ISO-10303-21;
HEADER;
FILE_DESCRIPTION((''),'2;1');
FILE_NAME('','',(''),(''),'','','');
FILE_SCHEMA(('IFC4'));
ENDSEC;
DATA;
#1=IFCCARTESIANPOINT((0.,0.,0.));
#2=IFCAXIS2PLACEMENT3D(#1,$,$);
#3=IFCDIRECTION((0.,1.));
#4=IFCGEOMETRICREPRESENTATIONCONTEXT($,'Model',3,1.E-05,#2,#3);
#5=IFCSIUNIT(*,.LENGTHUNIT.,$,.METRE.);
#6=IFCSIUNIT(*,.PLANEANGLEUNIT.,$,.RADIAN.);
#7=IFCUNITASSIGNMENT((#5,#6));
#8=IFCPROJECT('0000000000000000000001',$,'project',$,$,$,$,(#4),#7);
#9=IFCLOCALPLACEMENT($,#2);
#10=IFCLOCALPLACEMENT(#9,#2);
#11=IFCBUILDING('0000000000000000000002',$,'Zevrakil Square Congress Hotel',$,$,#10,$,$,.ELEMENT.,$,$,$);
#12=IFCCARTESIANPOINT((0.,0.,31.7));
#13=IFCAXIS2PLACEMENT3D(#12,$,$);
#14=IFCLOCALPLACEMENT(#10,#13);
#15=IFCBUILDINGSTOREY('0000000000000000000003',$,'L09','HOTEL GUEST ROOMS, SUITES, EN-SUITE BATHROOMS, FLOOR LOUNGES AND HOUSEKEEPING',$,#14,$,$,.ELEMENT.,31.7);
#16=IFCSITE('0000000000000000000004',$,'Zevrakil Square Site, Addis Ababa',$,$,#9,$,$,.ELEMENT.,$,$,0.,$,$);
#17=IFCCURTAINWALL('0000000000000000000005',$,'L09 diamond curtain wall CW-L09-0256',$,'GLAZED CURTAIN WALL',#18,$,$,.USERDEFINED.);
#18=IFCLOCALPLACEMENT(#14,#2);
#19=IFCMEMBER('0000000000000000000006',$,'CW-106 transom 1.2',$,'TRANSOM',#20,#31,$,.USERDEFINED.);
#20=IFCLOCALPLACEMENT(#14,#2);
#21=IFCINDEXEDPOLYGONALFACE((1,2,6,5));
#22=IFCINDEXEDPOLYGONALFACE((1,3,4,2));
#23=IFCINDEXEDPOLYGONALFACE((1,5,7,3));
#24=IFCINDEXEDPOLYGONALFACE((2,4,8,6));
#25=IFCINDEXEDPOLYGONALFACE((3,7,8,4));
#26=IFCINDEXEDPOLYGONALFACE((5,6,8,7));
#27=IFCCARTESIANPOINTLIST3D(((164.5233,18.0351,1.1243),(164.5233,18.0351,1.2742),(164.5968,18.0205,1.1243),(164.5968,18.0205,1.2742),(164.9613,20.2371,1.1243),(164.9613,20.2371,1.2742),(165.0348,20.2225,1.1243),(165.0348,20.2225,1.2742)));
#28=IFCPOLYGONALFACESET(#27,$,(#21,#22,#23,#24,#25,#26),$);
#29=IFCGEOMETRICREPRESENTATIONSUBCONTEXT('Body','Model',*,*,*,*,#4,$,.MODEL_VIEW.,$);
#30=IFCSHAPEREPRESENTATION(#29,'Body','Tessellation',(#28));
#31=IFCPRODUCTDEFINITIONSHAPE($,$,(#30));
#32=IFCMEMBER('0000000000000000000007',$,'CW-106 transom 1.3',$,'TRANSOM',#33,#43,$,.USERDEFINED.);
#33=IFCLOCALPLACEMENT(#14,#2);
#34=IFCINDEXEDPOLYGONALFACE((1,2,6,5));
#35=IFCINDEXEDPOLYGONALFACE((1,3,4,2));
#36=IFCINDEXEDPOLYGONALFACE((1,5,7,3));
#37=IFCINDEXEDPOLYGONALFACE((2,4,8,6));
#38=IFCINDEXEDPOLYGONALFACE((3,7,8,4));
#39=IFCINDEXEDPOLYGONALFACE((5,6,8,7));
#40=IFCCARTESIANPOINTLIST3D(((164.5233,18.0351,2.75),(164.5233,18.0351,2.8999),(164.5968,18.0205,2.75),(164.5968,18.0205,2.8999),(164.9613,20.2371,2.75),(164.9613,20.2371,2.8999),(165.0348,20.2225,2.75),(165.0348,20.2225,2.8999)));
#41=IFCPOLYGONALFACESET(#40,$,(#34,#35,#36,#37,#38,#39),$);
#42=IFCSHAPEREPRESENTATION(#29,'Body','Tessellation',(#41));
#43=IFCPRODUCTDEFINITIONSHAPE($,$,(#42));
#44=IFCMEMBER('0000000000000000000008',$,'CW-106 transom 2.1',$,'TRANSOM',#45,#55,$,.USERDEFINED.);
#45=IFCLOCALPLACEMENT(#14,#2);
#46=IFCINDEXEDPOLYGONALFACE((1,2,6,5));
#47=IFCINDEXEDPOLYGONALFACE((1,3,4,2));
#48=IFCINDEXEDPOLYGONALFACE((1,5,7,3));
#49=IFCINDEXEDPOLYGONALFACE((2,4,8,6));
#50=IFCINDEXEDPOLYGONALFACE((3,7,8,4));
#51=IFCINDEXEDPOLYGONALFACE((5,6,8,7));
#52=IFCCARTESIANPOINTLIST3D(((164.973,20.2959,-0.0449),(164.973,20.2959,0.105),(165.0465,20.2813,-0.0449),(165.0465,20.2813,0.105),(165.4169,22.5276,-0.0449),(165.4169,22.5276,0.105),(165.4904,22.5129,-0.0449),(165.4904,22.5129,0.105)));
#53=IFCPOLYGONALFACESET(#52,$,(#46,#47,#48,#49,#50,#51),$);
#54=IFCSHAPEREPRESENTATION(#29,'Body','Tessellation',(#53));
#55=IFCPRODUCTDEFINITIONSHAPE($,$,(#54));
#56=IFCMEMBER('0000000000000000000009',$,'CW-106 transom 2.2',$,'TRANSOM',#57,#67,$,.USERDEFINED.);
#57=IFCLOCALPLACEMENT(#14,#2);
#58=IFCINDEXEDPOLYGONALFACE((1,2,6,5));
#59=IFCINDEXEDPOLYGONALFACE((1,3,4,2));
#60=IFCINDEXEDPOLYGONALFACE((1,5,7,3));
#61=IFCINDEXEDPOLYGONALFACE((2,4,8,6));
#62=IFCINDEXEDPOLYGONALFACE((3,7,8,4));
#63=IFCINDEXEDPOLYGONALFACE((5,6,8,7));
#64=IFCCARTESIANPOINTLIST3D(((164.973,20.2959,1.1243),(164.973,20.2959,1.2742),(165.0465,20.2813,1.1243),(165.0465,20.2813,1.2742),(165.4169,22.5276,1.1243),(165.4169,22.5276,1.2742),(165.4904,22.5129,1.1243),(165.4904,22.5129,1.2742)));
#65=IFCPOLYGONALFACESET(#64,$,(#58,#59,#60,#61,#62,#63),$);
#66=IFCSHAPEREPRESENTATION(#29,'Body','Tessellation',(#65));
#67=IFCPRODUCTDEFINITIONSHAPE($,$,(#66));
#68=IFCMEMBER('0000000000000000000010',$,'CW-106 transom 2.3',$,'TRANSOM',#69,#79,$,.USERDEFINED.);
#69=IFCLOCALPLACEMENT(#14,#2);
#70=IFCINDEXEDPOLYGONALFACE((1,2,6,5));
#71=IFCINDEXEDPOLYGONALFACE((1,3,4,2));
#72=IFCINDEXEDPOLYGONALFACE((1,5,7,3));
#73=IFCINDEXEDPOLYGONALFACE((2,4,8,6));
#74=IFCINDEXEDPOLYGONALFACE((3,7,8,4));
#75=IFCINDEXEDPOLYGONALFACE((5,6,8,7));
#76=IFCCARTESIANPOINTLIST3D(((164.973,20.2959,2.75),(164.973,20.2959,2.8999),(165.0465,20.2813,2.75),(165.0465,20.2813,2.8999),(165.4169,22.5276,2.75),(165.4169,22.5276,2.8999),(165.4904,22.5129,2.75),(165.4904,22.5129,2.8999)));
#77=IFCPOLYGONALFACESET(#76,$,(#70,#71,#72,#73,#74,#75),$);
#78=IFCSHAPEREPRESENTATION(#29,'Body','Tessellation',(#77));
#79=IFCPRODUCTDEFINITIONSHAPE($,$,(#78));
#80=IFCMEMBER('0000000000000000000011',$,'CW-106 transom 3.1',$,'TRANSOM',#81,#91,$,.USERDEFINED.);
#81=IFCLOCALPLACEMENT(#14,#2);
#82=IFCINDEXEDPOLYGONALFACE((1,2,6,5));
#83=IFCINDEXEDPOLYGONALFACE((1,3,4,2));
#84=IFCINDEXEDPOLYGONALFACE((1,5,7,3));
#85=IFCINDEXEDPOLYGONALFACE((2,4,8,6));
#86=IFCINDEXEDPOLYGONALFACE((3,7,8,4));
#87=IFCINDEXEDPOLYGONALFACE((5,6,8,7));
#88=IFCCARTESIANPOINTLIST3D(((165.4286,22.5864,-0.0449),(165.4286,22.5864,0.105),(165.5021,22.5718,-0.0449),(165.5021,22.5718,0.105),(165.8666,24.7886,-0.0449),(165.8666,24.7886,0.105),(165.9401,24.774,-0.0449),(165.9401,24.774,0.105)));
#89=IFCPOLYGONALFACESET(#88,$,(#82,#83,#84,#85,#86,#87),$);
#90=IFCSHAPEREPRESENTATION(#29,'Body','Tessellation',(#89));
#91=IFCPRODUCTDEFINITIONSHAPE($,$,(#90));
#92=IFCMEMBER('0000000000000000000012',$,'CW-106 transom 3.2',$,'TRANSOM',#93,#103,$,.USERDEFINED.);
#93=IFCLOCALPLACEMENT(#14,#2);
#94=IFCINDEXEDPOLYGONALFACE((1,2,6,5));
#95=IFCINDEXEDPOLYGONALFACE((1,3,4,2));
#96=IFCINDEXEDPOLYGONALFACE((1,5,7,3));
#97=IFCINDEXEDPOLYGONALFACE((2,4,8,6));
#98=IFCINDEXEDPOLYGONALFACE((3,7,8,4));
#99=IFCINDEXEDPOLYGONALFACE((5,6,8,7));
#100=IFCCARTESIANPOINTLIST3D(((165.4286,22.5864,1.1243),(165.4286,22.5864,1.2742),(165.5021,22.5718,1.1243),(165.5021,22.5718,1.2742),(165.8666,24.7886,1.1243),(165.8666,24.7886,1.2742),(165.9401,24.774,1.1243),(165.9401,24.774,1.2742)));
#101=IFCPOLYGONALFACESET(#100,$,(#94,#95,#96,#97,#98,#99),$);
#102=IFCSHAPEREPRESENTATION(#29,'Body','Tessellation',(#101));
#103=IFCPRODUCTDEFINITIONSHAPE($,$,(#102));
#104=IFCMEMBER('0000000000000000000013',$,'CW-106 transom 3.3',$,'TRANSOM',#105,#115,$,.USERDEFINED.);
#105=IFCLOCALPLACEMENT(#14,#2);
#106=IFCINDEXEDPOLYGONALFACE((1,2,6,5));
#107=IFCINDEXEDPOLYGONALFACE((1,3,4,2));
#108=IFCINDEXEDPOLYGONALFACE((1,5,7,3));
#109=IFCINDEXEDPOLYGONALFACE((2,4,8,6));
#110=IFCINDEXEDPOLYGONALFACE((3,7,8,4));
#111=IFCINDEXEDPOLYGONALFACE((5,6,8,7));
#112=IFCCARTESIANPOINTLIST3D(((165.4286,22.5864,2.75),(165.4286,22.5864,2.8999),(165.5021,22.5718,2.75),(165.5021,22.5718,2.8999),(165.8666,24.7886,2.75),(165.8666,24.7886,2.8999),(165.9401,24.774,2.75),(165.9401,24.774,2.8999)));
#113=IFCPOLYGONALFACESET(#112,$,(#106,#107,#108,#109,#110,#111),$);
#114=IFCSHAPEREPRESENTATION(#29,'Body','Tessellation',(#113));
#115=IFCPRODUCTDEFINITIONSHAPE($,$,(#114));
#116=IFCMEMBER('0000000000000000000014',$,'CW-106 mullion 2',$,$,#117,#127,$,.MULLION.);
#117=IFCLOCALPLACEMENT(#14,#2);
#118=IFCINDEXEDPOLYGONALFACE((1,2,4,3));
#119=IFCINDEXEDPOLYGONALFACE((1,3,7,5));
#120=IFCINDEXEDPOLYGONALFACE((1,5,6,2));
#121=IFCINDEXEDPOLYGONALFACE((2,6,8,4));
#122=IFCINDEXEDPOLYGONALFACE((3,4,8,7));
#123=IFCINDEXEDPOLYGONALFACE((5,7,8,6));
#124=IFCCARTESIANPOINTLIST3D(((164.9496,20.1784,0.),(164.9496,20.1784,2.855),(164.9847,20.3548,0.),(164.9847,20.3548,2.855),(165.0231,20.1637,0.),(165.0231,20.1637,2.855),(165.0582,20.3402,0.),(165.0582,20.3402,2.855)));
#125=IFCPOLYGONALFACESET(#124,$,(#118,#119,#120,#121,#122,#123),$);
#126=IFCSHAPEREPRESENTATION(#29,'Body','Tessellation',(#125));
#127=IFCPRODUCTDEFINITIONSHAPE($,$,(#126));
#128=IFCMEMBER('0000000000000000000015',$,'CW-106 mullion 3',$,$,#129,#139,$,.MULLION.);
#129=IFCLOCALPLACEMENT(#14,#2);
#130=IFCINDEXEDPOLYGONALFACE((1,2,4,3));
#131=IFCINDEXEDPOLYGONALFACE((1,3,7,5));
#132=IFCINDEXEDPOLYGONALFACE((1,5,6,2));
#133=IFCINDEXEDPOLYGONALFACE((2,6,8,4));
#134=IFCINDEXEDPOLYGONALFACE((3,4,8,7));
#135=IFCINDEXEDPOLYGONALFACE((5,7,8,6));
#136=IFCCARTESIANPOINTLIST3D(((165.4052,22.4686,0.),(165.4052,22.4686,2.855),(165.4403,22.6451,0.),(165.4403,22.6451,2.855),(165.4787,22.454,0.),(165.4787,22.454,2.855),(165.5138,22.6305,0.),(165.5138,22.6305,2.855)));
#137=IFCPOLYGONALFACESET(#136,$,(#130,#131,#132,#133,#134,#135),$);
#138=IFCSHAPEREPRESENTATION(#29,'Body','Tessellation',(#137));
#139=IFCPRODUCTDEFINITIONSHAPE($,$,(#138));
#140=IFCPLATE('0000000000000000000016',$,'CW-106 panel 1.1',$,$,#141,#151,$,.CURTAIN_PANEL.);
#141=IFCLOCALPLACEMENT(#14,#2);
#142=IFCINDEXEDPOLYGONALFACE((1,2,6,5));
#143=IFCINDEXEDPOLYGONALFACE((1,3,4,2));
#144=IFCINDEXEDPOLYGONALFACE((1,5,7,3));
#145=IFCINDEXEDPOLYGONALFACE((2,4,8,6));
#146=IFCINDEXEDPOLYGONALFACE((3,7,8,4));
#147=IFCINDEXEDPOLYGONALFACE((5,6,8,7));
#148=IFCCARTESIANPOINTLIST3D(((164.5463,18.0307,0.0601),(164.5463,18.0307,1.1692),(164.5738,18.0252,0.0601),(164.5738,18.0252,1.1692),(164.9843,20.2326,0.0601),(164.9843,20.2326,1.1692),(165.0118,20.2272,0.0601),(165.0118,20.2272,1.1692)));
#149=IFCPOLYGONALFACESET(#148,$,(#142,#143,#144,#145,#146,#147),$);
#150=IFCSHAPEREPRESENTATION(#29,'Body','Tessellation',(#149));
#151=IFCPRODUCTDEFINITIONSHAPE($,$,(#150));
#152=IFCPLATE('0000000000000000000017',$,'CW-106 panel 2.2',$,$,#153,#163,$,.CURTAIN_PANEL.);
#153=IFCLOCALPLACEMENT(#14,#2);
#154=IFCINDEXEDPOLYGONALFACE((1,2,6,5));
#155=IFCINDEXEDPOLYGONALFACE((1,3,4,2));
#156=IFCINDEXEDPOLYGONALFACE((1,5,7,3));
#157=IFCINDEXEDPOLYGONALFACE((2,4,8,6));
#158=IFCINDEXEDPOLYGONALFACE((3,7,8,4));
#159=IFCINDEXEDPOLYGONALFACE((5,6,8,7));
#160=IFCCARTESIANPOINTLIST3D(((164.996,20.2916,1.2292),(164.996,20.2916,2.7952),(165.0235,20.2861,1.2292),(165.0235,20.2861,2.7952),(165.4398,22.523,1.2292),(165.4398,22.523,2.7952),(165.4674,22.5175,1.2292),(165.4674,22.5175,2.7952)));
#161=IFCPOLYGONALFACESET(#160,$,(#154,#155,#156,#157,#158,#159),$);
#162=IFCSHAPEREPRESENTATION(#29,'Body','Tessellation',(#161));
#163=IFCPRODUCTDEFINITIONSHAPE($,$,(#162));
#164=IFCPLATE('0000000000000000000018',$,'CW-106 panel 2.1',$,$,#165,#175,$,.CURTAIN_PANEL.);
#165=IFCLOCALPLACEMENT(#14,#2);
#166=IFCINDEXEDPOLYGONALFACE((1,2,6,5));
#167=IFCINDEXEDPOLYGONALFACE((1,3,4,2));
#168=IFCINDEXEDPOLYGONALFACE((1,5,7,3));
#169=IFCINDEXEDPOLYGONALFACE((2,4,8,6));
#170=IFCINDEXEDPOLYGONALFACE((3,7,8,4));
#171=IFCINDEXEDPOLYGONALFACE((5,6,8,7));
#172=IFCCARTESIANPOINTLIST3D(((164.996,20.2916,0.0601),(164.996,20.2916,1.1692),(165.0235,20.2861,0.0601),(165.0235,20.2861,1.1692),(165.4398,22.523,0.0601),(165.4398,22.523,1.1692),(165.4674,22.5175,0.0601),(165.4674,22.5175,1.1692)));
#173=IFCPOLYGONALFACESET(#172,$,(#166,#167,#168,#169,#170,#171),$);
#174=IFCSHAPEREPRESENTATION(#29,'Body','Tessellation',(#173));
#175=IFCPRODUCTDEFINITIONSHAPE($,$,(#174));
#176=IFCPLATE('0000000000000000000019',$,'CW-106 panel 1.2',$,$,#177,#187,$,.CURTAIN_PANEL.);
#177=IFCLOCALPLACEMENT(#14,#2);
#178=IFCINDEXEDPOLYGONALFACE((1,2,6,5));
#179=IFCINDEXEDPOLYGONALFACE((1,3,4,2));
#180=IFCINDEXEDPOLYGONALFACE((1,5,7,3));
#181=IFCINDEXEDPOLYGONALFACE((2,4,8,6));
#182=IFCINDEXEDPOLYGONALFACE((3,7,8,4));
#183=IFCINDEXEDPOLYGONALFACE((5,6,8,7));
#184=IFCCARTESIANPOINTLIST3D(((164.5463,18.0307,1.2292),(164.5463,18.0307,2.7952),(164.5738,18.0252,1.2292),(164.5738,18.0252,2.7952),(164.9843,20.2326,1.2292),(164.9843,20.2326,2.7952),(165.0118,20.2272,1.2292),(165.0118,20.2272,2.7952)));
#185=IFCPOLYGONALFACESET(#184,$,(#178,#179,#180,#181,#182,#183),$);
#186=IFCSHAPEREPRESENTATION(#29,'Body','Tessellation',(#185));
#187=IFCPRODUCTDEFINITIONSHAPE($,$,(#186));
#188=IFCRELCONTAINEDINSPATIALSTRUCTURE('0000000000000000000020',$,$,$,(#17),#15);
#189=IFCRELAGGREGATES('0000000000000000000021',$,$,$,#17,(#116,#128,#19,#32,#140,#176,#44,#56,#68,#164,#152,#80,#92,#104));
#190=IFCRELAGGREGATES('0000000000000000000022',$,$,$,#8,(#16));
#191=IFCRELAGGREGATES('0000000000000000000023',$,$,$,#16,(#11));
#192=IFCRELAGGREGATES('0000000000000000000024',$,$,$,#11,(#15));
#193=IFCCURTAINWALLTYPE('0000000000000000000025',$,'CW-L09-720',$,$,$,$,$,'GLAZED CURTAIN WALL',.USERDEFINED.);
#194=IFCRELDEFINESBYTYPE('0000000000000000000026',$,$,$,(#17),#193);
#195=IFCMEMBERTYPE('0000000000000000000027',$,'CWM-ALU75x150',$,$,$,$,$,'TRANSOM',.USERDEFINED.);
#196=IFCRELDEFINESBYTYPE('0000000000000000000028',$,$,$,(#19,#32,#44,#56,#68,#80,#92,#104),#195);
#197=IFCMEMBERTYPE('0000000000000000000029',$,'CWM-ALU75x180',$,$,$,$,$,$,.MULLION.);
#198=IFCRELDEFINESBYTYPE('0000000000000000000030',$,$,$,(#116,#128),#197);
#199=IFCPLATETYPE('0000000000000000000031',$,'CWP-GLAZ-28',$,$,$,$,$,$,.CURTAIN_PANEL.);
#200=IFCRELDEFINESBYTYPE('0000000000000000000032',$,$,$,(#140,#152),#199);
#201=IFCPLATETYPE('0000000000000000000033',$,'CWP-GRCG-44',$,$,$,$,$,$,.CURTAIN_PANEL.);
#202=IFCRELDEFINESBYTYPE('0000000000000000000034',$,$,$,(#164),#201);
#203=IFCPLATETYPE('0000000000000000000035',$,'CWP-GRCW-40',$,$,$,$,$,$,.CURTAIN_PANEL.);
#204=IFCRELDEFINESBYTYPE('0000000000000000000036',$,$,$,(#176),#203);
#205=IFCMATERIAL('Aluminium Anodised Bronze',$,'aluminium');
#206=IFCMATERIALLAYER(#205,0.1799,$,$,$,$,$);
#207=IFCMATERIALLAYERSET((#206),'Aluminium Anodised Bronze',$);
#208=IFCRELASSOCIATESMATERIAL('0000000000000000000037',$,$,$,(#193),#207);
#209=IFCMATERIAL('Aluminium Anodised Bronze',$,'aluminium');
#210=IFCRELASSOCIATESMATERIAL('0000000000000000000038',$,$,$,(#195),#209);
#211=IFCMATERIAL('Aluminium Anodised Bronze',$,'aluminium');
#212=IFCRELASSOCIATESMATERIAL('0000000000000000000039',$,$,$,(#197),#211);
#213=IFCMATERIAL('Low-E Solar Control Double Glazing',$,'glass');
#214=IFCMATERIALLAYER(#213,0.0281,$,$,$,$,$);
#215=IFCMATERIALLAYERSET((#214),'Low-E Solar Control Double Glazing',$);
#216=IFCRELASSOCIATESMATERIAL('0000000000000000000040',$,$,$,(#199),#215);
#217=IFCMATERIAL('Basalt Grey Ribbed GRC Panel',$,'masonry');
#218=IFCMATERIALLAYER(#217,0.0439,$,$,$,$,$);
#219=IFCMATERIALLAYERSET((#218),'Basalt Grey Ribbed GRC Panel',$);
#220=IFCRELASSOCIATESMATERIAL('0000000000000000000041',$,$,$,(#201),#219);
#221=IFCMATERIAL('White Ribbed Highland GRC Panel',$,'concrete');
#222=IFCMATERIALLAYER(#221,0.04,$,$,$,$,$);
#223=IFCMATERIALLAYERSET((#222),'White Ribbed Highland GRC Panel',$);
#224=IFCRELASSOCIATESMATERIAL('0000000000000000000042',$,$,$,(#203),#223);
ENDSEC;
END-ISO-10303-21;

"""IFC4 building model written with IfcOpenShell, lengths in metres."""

from ifc_helpers import new_model, si_unit, direction, frame, origin, origin_2d, place, context, subcontext, project, spatial, rectangle, extrude, material, layer, layer_set, material_profile, profile_set, type_object, element, aggregate, save


model = new_model("IFC4")

# Units and contexts
model_context = context("Model", 3, precision=1e-05, world=origin(), true_north=direction((0.0, 1.0)))
body_context = subcontext(model_context, "Body", "Model", "MODEL_VIEW")
ifc_project = project(units=[si_unit("LENGTHUNIT", "METRE"), si_unit("PLANEANGLEUNIT", "RADIAN")], contexts=[model_context])

# Site, building, storey
site_placement = place(None, origin())
site = spatial("IfcSite", under=ifc_project, at=site_placement, Name="Zevrakil Square Site, Addis Ababa", CompositionType="ELEMENT", RefElevation=0.0)
building_placement = place(site_placement, origin())
building = spatial("IfcBuilding", under=site, at=building_placement, Name="Zevrakil Square Congress Hotel", CompositionType="ELEMENT")
storey_placement = place(building_placement, frame((0.0, 0.0, 31.7)))
storey = spatial("IfcBuildingStorey", under=building, at=storey_placement, Name="L09", Description="HOTEL GUEST ROOMS, SUITES, EN-SUITE BATHROOMS, FLOOR LOUNGES AND HOUSEKEEPING", CompositionType="ELEMENT", Elevation=31.7)

# Curtain wall, members, plates
ifc_material_1 = material(Name="Aluminium Anodised Bronze", Category="aluminium")
ifc_layer_1 = layer(ifc_material_1, 0.1799)
ifc_layer_set_1 = layer_set([ifc_layer_1], Name="Aluminium Anodised Bronze")
curtain_wall_type = type_object("IfcCurtainWallType", Name="CW-L09-720", ElementType="GLAZED CURTAIN WALL", PredefinedType="USERDEFINED", material=ifc_layer_set_1)
curtain_wall_placement = place(storey_placement, origin())
curtain_wall = element("IfcCurtainWall", 1, at=curtain_wall_placement, inside=storey, type_object=curtain_wall_type, Name="L09 diamond curtain wall CW-L09-0256", ObjectType="GLAZED CURTAIN WALL", PredefinedType="USERDEFINED")
ifc_material_2 = material(Name="Aluminium Anodised Bronze", Category="aluminium")
ifc_material_profile_1 = material_profile(ifc_material_2, rectangle(XDim=0.075, YDim=0.1499, at=origin_2d()), Name="ALU 75x150")
ifc_profile_set_1 = profile_set([ifc_material_profile_1], Name="Aluminium Anodised Bronze")
member_type_1 = type_object("IfcMemberType", Name="CWM-ALU75x150", ElementType="TRANSOM", PredefinedType="USERDEFINED", material=ifc_profile_set_1)
member_1_placement = place(storey_placement, frame((164.5601, 18.0278, 1.1992), z_axis=(0.195091, 0.980785, 0.0), x_axis=(-0.980785, 0.195091, 0.0)))
member_1 = element("IfcMember", 2, at=member_1_placement, type_object=member_type_1, Name="CW-106 transom 1.2", ObjectType="TRANSOM", PredefinedType="USERDEFINED", context=body_context, shape_type="SweptSolid", body=[
    extrude(rectangle(XDim=0.075, YDim=0.1499, at=origin_2d()), origin(), (0.0, 0.0, 1.0), 2.2451),
])
member_2_placement = place(storey_placement, frame((164.5601, 18.0278, 2.825), z_axis=(0.195091, 0.980785, 0.0), x_axis=(-0.980785, 0.195091, 0.0)))
member_2 = element("IfcMember", 3, at=member_2_placement, type_object=member_type_1, Name="CW-106 transom 1.3", ObjectType="TRANSOM", PredefinedType="USERDEFINED", context=body_context, shape_type="SweptSolid", body=[
    extrude(rectangle(XDim=0.075, YDim=0.1499, at=origin_2d()), origin(), (0.0, 0.0, 1.0), 2.2451),
])
member_3_placement = place(storey_placement, frame((165.0098, 20.2886, 0.03), z_axis=(0.195064, 0.980791, 0.0), x_axis=(-0.980791, 0.195064, 0.0)))
member_3 = element("IfcMember", 4, at=member_3_placement, type_object=member_type_1, Name="CW-106 transom 2.1", ObjectType="TRANSOM", PredefinedType="USERDEFINED", context=body_context, shape_type="SweptSolid", body=[
    extrude(rectangle(XDim=0.075, YDim=0.1499, at=origin_2d()), origin(), (0.0, 0.0, 1.0), 2.2754),
])
member_4_placement = place(storey_placement, frame((165.0098, 20.2886, 1.1992), z_axis=(0.195064, 0.980791, 0.0), x_axis=(-0.980791, 0.195064, 0.0)))
member_4 = element("IfcMember", 5, at=member_4_placement, type_object=member_type_1, Name="CW-106 transom 2.2", ObjectType="TRANSOM", PredefinedType="USERDEFINED", context=body_context, shape_type="SweptSolid", body=[
    extrude(rectangle(XDim=0.075, YDim=0.1499, at=origin_2d()), origin(), (0.0, 0.0, 1.0), 2.2754),
])
member_5_placement = place(storey_placement, frame((165.0098, 20.2886, 2.825), z_axis=(0.195064, 0.980791, 0.0), x_axis=(-0.980791, 0.195064, 0.0)))
member_5 = element("IfcMember", 6, at=member_5_placement, type_object=member_type_1, Name="CW-106 transom 2.3", ObjectType="TRANSOM", PredefinedType="USERDEFINED", context=body_context, shape_type="SweptSolid", body=[
    extrude(rectangle(XDim=0.075, YDim=0.1499, at=origin_2d()), origin(), (0.0, 0.0, 1.0), 2.2754),
])
member_6_placement = place(storey_placement, frame((165.4653, 22.5791, 0.03), z_axis=(0.19507, 0.980789, 0.0), x_axis=(-0.980789, 0.19507, 0.0)))
member_6 = element("IfcMember", 7, at=member_6_placement, type_object=member_type_1, Name="CW-106 transom 3.1", ObjectType="TRANSOM", PredefinedType="USERDEFINED", context=body_context, shape_type="SweptSolid", body=[
    extrude(rectangle(XDim=0.075, YDim=0.1499, at=origin_2d()), origin(), (0.0, 0.0, 1.0), 2.2454),
])
member_7_placement = place(storey_placement, frame((165.4653, 22.5791, 1.1992), z_axis=(0.19507, 0.980789, 0.0), x_axis=(-0.980789, 0.19507, 0.0)))
member_7 = element("IfcMember", 8, at=member_7_placement, type_object=member_type_1, Name="CW-106 transom 3.2", ObjectType="TRANSOM", PredefinedType="USERDEFINED", context=body_context, shape_type="SweptSolid", body=[
    extrude(rectangle(XDim=0.075, YDim=0.1499, at=origin_2d()), origin(), (0.0, 0.0, 1.0), 2.2454),
])
member_8_placement = place(storey_placement, frame((165.4653, 22.5791, 2.825), z_axis=(0.19507, 0.980789, 0.0), x_axis=(-0.980789, 0.19507, 0.0)))
member_8 = element("IfcMember", 9, at=member_8_placement, type_object=member_type_1, Name="CW-106 transom 3.3", ObjectType="TRANSOM", PredefinedType="USERDEFINED", context=body_context, shape_type="SweptSolid", body=[
    extrude(rectangle(XDim=0.075, YDim=0.1499, at=origin_2d()), origin(), (0.0, 0.0, 1.0), 2.2454),
])
ifc_material_3 = material(Name="Aluminium Anodised Bronze", Category="aluminium")
ifc_material_profile_2 = material_profile(ifc_material_3, rectangle(XDim=0.075, YDim=0.1799, at=origin_2d()), Name="ALU 75x180")
ifc_profile_set_2 = profile_set([ifc_material_profile_2], Name="Aluminium Anodised Bronze")
member_type_2 = type_object("IfcMemberType", Name="CWM-ALU75x180", PredefinedType="MULLION", material=ifc_profile_set_2)
member_9_placement = place(storey_placement, frame((165.0039, 20.2593, 0.0), z_axis=(0.0, 0.0, 1.0), x_axis=(-0.980787, 0.195084, 0.0)))
member_9 = element("IfcMember", 10, at=member_9_placement, type_object=member_type_2, Name="CW-106 mullion 2", PredefinedType="MULLION", context=body_context, shape_type="SweptSolid", body=[
    extrude(rectangle(XDim=0.075, YDim=0.1799, at=origin_2d()), origin(), (0.0, 0.0, 1.0), 2.855),
])
member_10_placement = place(storey_placement, frame((165.4595, 22.5496, 0.0), z_axis=(0.0, 0.0, 1.0), x_axis=(-0.980787, 0.195084, 0.0)))
member_10 = element("IfcMember", 11, at=member_10_placement, type_object=member_type_2, Name="CW-106 mullion 3", PredefinedType="MULLION", context=body_context, shape_type="SweptSolid", body=[
    extrude(rectangle(XDim=0.075, YDim=0.1799, at=origin_2d()), origin(), (0.0, 0.0, 1.0), 2.855),
])
ifc_material_4 = material(Name="Low-E Solar Control Double Glazing", Category="glass")
ifc_layer_2 = layer(ifc_material_4, 0.0281)
ifc_layer_set_2 = layer_set([ifc_layer_2], Name="Low-E Solar Control Double Glazing")
plate_type_1 = type_object("IfcPlateType", Name="CWP-GLAZ-28", PredefinedType="CURTAIN_PANEL", material=ifc_layer_set_2)
plate_1_placement = place(storey_placement, frame((164.7791, 19.1289, 0.0601), z_axis=(0.0, 0.0, 1.0), x_axis=(0.195084, 0.980787, 0.0)))
plate_1 = element("IfcPlate", 12, at=plate_1_placement, type_object=plate_type_1, Name="CW-106 panel 1.1", PredefinedType="CURTAIN_PANEL", context=body_context, shape_type="SweptSolid", body=[
    extrude(rectangle(XDim=2.2451, YDim=0.0281, at=origin_2d()), origin(), (0.0, 0.0, 1.0), 1.1091),
])
plate_2_placement = place(storey_placement, frame((165.2317, 21.4045, 1.2292), z_axis=(0.0, 0.0, 1.0), x_axis=(0.195084, 0.980787, 0.0)))
plate_2 = element("IfcPlate", 13, at=plate_2_placement, type_object=plate_type_1, Name="CW-106 panel 2.2", PredefinedType="CURTAIN_PANEL", context=body_context, shape_type="SweptSolid", body=[
    extrude(rectangle(XDim=2.2751, YDim=0.0281, at=origin_2d()), origin(), (0.0, 0.0, 1.0), 1.5659),
])
ifc_material_5 = material(Name="Basalt Grey Ribbed GRC Panel", Category="masonry")
ifc_layer_3 = layer(ifc_material_5, 0.0439)
ifc_layer_set_3 = layer_set([ifc_layer_3], Name="Basalt Grey Ribbed GRC Panel")
plate_type_2 = type_object("IfcPlateType", Name="CWP-GRCG-44", PredefinedType="CURTAIN_PANEL", material=ifc_layer_set_3)
plate_3_placement = place(storey_placement, frame((165.2317, 21.4045, 0.0601), z_axis=(0.0, 0.0, 1.0), x_axis=(0.195084, 0.980787, 0.0)))
plate_3 = element("IfcPlate", 14, at=plate_3_placement, type_object=plate_type_2, Name="CW-106 panel 2.1", PredefinedType="CURTAIN_PANEL", context=body_context, shape_type="SweptSolid", body=[
    extrude(rectangle(XDim=2.2751, YDim=0.0281, at=origin_2d()), origin(), (0.0, 0.0, 1.0), 1.1091),
])
ifc_material_6 = material(Name="White Ribbed Highland GRC Panel", Category="concrete")
ifc_layer_4 = layer(ifc_material_6, 0.04)
ifc_layer_set_4 = layer_set([ifc_layer_4], Name="White Ribbed Highland GRC Panel")
plate_type_3 = type_object("IfcPlateType", Name="CWP-GRCW-40", PredefinedType="CURTAIN_PANEL", material=ifc_layer_set_4)
plate_4_placement = place(storey_placement, frame((164.7791, 19.1289, 1.2292), z_axis=(0.0, 0.0, 1.0), x_axis=(0.195084, 0.980787, 0.0)))
plate_4 = element("IfcPlate", 15, at=plate_4_placement, type_object=plate_type_3, Name="CW-106 panel 1.2", PredefinedType="CURTAIN_PANEL", context=body_context, shape_type="SweptSolid", body=[
    extrude(rectangle(XDim=2.2451, YDim=0.0281, at=origin_2d()), origin(), (0.0, 0.0, 1.0), 1.5659),
])
aggregate(curtain_wall, [member_9, member_10, member_1, member_2, plate_1, plate_4, member_3, member_4, member_5, plate_3, plate_2, member_6, member_7, member_8])

save(model, "model.ifc")
